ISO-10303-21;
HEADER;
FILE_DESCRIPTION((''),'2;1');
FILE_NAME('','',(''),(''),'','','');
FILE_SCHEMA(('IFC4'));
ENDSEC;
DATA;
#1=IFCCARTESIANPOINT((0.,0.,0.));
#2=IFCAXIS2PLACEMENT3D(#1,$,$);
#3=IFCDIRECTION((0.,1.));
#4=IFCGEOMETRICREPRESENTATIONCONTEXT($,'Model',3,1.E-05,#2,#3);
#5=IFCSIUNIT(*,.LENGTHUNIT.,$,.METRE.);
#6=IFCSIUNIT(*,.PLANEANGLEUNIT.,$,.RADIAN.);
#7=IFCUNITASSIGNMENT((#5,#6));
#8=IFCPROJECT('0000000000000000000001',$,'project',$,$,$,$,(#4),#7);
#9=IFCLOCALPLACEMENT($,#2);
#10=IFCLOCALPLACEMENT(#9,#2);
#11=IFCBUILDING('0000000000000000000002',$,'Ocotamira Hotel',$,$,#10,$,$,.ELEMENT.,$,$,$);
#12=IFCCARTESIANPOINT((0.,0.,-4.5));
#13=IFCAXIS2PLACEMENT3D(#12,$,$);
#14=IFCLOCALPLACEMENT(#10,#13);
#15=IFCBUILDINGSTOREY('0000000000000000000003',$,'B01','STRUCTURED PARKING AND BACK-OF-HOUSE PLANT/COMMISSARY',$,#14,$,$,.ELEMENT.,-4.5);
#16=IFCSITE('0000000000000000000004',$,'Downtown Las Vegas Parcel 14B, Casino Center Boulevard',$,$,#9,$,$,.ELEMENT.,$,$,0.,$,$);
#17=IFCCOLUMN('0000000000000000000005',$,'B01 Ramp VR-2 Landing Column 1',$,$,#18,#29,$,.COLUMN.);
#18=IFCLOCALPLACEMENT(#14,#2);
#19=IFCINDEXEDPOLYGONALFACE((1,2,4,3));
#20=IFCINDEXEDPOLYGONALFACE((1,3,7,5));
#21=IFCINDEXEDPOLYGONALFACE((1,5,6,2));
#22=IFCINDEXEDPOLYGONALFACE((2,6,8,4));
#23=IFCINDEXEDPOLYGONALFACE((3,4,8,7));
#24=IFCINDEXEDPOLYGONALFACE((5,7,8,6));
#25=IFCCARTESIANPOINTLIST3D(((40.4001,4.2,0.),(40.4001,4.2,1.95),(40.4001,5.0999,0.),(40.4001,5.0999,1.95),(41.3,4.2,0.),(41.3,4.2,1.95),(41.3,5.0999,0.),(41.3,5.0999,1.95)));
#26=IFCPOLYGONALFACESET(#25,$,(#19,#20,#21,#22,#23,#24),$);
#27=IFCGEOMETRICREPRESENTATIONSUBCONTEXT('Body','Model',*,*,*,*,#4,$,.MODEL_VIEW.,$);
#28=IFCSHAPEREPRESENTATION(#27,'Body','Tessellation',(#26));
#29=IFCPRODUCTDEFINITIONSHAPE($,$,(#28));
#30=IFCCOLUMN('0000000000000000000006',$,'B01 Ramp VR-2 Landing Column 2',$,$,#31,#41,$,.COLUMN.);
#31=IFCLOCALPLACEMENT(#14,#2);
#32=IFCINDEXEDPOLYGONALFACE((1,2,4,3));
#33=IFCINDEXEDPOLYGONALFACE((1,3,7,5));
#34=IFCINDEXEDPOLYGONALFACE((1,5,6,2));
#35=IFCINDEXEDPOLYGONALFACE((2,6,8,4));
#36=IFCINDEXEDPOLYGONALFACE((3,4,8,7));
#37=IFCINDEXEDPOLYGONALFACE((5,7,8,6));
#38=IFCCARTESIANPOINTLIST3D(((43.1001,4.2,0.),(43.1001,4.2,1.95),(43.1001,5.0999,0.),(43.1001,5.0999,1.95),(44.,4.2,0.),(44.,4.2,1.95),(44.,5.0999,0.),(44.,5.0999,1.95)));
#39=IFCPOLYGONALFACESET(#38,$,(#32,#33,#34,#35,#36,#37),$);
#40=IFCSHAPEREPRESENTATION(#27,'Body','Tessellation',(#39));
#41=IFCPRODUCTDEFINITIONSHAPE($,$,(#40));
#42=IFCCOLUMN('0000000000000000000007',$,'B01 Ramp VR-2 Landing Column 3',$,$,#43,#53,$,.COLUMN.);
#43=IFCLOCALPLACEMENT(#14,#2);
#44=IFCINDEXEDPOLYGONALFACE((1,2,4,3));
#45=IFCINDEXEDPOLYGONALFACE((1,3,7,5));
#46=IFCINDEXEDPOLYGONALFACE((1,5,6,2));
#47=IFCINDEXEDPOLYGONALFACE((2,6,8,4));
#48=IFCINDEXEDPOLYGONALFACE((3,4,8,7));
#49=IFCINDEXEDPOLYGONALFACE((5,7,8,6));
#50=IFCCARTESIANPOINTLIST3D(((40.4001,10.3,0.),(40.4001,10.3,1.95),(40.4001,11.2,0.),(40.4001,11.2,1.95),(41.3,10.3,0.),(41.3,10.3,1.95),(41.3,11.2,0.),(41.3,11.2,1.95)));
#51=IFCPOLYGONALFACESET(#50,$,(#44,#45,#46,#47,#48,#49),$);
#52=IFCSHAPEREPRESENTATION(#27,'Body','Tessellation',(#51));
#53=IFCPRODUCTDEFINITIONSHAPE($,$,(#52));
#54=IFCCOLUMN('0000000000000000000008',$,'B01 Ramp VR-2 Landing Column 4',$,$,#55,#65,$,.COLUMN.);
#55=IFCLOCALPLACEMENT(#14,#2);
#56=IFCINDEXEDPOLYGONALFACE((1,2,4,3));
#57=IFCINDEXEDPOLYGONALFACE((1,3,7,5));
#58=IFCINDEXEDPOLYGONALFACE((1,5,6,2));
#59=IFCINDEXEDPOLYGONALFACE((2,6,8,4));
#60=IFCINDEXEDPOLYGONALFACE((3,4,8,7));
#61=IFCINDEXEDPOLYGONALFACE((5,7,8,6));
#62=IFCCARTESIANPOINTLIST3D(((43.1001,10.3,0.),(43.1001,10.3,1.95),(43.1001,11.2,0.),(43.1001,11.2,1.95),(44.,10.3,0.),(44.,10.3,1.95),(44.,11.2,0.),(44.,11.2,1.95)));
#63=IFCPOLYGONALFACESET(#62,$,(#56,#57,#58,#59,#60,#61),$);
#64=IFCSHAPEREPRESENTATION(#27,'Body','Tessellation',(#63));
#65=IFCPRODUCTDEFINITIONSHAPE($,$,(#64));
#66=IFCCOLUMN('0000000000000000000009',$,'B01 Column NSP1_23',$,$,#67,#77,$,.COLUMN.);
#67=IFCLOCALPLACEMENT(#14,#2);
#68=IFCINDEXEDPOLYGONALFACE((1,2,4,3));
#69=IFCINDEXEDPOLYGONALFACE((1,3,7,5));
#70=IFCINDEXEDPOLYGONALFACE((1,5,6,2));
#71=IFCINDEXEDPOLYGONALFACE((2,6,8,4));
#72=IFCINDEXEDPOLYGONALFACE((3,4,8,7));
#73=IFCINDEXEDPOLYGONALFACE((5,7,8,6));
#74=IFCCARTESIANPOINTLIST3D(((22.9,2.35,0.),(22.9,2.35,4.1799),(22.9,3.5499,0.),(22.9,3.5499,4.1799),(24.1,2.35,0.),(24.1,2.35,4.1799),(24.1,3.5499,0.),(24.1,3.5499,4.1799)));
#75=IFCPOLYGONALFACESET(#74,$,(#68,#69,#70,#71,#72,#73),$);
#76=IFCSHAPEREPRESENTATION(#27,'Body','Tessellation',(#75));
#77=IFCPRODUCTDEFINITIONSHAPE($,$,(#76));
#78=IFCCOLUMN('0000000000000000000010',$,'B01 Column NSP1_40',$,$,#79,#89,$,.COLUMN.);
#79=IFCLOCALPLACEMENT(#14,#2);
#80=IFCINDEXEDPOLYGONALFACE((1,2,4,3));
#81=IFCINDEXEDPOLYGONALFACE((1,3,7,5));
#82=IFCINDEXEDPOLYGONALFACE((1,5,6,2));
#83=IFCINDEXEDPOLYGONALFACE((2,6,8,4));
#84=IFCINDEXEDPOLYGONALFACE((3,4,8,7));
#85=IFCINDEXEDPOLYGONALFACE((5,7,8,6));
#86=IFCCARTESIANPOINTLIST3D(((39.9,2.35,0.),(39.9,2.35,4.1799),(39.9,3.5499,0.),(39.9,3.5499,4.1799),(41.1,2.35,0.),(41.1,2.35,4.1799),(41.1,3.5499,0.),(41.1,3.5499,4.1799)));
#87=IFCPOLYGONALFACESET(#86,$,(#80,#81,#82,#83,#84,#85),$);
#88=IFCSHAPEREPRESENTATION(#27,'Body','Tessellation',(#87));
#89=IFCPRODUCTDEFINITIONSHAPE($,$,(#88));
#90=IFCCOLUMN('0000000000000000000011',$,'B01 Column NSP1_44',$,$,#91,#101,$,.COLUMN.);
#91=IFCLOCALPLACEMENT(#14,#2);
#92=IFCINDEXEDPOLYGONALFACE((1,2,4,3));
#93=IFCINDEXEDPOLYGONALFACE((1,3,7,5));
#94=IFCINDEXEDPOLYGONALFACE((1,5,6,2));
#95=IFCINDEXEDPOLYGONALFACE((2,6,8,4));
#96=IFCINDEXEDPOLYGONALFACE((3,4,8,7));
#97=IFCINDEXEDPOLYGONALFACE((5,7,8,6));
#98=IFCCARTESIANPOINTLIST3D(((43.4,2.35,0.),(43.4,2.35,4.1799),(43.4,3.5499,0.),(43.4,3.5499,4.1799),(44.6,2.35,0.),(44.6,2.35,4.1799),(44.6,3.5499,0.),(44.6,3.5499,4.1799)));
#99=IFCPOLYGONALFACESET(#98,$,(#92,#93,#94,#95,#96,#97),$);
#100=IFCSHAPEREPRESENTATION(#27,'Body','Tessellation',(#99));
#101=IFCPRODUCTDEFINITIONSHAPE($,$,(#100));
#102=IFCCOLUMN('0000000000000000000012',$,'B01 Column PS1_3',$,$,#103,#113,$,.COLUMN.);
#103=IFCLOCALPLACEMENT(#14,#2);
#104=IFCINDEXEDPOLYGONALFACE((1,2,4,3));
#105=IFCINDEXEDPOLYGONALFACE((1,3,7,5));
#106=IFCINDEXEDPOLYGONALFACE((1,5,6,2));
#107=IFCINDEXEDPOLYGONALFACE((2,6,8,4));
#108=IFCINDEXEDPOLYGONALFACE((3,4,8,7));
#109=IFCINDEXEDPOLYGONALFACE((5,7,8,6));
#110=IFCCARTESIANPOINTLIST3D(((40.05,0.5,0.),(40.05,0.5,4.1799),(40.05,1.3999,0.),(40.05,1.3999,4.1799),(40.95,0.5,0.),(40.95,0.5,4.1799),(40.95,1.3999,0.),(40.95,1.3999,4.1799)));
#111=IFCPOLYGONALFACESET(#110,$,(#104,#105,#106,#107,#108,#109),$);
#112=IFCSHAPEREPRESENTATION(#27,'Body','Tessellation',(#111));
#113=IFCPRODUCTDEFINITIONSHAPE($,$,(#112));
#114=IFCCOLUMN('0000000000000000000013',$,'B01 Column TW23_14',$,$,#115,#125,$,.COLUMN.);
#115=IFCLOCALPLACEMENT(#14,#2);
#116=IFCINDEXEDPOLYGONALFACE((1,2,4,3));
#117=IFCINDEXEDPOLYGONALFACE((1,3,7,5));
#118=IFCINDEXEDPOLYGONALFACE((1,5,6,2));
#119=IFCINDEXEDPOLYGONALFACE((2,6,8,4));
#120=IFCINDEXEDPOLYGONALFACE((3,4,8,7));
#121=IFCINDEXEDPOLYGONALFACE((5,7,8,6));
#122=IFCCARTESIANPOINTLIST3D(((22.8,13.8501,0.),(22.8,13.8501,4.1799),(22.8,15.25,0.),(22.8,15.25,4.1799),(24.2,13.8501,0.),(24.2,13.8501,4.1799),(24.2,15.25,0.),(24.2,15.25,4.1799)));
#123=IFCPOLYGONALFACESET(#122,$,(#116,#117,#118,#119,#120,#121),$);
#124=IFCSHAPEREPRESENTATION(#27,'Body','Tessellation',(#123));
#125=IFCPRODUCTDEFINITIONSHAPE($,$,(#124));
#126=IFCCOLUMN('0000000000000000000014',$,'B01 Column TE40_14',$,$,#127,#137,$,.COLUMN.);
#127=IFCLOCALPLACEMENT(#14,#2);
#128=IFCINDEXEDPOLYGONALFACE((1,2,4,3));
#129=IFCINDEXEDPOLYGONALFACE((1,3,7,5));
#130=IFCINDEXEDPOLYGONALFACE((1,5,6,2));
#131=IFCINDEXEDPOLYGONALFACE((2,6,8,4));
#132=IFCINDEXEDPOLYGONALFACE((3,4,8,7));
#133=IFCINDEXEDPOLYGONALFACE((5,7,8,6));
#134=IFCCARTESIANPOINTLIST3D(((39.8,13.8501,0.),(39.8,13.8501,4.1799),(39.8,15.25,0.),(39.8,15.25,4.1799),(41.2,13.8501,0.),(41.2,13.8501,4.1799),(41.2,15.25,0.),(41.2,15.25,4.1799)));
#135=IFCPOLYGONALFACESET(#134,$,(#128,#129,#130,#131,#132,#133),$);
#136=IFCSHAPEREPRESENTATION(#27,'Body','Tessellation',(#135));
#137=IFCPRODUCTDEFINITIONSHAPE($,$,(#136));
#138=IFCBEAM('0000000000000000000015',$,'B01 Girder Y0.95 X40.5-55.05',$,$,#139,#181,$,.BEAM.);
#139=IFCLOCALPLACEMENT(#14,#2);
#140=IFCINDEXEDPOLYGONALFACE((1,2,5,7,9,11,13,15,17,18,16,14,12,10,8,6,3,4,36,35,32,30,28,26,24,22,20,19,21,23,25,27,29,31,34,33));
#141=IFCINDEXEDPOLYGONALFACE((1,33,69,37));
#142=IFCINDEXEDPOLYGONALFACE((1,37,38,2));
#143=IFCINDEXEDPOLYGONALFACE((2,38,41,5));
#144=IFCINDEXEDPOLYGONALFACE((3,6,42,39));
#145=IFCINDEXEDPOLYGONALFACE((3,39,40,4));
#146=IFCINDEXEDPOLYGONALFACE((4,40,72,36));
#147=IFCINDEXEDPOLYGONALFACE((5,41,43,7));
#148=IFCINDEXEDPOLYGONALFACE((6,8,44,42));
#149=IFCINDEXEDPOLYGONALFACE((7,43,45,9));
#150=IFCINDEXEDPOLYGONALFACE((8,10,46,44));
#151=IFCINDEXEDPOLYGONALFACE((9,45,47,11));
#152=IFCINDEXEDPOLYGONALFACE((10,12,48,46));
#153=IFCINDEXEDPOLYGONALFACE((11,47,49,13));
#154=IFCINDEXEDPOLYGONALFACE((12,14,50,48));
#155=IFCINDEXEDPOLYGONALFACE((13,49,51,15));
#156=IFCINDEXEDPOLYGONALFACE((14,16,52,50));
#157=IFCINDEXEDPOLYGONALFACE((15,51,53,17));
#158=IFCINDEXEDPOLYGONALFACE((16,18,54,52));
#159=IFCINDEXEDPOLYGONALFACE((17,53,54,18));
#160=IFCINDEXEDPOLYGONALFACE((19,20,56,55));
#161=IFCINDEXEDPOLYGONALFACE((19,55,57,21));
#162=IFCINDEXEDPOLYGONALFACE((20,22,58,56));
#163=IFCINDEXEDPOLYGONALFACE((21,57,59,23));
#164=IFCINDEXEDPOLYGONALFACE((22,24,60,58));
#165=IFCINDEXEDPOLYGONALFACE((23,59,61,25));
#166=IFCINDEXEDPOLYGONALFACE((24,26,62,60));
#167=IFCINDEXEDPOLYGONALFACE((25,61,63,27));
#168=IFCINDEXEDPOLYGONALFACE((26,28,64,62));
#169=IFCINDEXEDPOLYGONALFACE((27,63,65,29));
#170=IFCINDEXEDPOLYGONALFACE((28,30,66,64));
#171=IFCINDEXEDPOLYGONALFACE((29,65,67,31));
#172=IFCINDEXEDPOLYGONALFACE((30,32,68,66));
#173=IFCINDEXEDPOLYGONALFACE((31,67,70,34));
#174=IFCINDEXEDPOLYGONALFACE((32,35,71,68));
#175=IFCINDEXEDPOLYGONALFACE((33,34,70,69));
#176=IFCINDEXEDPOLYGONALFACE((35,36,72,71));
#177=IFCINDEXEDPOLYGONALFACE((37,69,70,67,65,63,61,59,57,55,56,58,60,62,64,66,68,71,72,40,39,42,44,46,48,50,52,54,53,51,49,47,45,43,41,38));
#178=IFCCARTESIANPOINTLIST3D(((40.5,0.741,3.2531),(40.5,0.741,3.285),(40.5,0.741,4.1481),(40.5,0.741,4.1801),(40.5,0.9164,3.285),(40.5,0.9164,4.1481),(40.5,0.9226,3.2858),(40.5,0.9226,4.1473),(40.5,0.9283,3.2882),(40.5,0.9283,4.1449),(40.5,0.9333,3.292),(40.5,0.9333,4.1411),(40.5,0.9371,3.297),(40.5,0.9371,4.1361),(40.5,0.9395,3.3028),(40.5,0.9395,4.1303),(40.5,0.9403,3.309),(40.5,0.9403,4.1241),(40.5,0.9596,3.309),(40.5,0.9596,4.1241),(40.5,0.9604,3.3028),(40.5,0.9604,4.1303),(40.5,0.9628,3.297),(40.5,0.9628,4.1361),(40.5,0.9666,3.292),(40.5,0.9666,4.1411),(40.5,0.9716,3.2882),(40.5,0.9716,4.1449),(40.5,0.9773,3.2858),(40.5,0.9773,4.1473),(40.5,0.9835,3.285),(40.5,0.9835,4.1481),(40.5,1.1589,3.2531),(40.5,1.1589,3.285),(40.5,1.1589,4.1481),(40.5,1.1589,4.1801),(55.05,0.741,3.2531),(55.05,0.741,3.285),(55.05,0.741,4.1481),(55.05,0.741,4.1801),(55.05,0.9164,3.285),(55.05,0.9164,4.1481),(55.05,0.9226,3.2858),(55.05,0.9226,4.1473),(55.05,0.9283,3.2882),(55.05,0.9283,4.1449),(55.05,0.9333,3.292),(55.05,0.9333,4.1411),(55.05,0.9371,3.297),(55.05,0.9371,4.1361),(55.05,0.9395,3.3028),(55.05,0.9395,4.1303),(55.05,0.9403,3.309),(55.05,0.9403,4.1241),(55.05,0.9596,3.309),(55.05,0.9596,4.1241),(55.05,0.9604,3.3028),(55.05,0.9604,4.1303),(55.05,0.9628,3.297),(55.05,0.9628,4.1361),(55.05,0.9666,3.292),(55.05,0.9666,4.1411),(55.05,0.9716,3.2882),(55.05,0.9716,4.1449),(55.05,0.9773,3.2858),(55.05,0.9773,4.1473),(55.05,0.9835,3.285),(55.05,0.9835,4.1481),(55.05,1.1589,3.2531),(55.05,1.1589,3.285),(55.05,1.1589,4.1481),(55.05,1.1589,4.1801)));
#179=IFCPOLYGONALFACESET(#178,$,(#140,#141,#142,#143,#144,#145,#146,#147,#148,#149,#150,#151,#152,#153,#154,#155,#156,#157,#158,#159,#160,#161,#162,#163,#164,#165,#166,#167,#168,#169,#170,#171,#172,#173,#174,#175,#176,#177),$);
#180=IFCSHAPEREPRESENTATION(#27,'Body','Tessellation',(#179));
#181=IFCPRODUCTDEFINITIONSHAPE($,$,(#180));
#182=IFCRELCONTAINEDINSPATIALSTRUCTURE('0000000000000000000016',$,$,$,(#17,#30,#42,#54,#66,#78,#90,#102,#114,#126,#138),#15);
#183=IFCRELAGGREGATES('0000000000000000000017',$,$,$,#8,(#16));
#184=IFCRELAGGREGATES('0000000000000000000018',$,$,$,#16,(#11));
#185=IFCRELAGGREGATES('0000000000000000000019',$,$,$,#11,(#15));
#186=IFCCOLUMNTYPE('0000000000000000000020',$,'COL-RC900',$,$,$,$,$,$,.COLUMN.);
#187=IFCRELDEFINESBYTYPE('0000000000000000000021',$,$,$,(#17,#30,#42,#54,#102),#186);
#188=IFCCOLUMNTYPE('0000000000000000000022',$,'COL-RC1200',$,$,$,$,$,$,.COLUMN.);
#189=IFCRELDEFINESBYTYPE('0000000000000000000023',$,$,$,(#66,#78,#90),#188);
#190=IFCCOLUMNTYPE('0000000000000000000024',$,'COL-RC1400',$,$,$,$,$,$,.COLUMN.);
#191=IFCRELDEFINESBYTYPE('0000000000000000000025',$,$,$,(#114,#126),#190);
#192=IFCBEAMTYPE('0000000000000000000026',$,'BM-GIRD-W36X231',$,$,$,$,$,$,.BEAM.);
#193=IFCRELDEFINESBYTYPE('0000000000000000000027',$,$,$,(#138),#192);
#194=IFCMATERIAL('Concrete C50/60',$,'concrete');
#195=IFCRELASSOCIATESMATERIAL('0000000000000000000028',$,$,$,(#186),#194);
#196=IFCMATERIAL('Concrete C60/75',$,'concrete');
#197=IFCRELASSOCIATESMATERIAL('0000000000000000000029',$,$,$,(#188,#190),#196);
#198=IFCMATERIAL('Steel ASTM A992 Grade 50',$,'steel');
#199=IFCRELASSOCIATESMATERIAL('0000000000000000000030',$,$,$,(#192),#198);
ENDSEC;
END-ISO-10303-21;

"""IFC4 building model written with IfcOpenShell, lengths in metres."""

from ifc_helpers import new_model, si_unit, direction, frame, origin, origin_2d, place, context, subcontext, project, spatial, rectangle, i_section, extrude, source, transform, mapped, material, material_profile, profile_set, type_object, element, save


model = new_model("IFC4")

# Units and contexts
model_context = context("Model", 3, precision=1e-05, world=origin(), true_north=direction((0.0, 1.0)))
body_context = subcontext(model_context, "Body", "Model", "MODEL_VIEW")
ifc_project = project(units=[si_unit("LENGTHUNIT", "METRE"), si_unit("PLANEANGLEUNIT", "RADIAN")], contexts=[model_context])

# Site, building, storey
site_placement = place(None, origin())
site = spatial("IfcSite", under=ifc_project, at=site_placement, Name="Downtown Las Vegas Parcel 14B, Casino Center Boulevard", CompositionType="ELEMENT", RefElevation=0.0)
building_placement = place(site_placement, origin())
building = spatial("IfcBuilding", under=site, at=building_placement, Name="Ocotamira Hotel", CompositionType="ELEMENT")
storey_placement = place(building_placement, frame((0.0, 0.0, -4.5)))
storey = spatial("IfcBuildingStorey", under=building, at=storey_placement, Name="B01", Description="STRUCTURED PARKING AND BACK-OF-HOUSE PLANT/COMMISSARY", CompositionType="ELEMENT", Elevation=-4.5)

# Columns
ifc_material_1 = material(Name="Concrete C50/60", Category="concrete")
ifc_material_profile_1 = material_profile(ifc_material_1, rectangle(XDim=0.8999, YDim=0.8999, at=origin_2d()), Name="RC900X900")
ifc_profile_set_1 = profile_set([ifc_material_profile_1], Name="Concrete C50/60")
column_type_1 = type_object("IfcColumnType", Name="COL-RC900", PredefinedType="COLUMN", material=ifc_profile_set_1)
shared_shape_1 = source(origin(), body_context, "Body", "SweptSolid", [
    extrude(rectangle(XDim=0.8999, YDim=0.8999, at=origin_2d()), origin(), (0.0, 0.0, 1.0), 1.95),
])
for number, where, z_axis, x_axis, name in (
    (1, (40.8501, 4.6499, 0.0), (0.0, 0.0, 1.0), (1.0, 0.0, 0.0), "B01 Ramp VR-2 Landing Column 1"),
    (2, (43.55, 4.6499, 0.0), (0.0, 0.0, 1.0), (1.0, 0.0, 0.0), "B01 Ramp VR-2 Landing Column 2"),
    (3, (40.8501, 10.75, 0.0), (0.0, 0.0, 1.0), (1.0, 0.0, 0.0), "B01 Ramp VR-2 Landing Column 3"),
    (4, (43.55, 10.75, 0.0), (0.0, 0.0, 1.0), (1.0, 0.0, 0.0), "B01 Ramp VR-2 Landing Column 4"),
):
    element("IfcColumn", number, at=place(storey_placement, frame(where, z_axis=z_axis, x_axis=x_axis)), inside=storey, type_object=column_type_1, Name=name, PredefinedType="COLUMN", context=body_context, shape_type="MappedRepresentation", body=[
        mapped(shared_shape_1, transform((0.0, 0.0, 0.0), scale=1.0)),
    ])
ifc_material_2 = material(Name="Concrete C60/75", Category="concrete")
ifc_material_profile_2 = material_profile(ifc_material_2, rectangle(XDim=1.2, YDim=1.2, at=origin_2d()), Name="RC1200X1200")
ifc_profile_set_2 = profile_set([ifc_material_profile_2], Name="Concrete C60/75")
column_type_2 = type_object("IfcColumnType", Name="COL-RC1200", PredefinedType="COLUMN", material=ifc_profile_set_2)
shared_shape_2 = source(origin(), body_context, "Body", "SweptSolid", [
    extrude(rectangle(XDim=1.2, YDim=1.2, at=origin_2d()), origin(), (0.0, 0.0, 1.0), 4.1799),
])
for number, where, z_axis, x_axis, name in (
    (5, (23.5, 2.95, 0.0), (0.0, 0.0, 1.0), (1.0, 0.0, 0.0), "B01 Column NSP1_23"),
    (6, (40.5, 2.95, 0.0), (0.0, 0.0, 1.0), (1.0, 0.0, 0.0), "B01 Column NSP1_40"),
    (7, (44.0, 2.95, 0.0), (0.0, 0.0, 1.0), (1.0, 0.0, 0.0), "B01 Column NSP1_44"),
):
    element("IfcColumn", number, at=place(storey_placement, frame(where, z_axis=z_axis, x_axis=x_axis)), inside=storey, type_object=column_type_2, Name=name, PredefinedType="COLUMN", context=body_context, shape_type="MappedRepresentation", body=[
        mapped(shared_shape_2, transform((0.0, 0.0, 0.0), scale=1.0)),
    ])
shared_shape_3 = source(origin(), body_context, "Body", "SweptSolid", [
    extrude(rectangle(XDim=0.8999, YDim=0.8999, at=origin_2d()), origin(), (0.0, 0.0, 1.0), 4.1799),
])
column_placement = place(storey_placement, frame((40.5, 0.95, 0.0), z_axis=(0.0, 0.0, 1.0), x_axis=(1.0, 0.0, 0.0)))
element("IfcColumn", 8, at=column_placement, inside=storey, type_object=column_type_1, Name="B01 Column PS1_3", PredefinedType="COLUMN", context=body_context, shape_type="MappedRepresentation", body=[
    mapped(shared_shape_3, transform((0.0, 0.0, 0.0), scale=1.0)),
])
ifc_material_profile_3 = material_profile(ifc_material_2, rectangle(XDim=1.3999, YDim=1.3999, at=origin_2d()), Name="RC1400X1400")
ifc_profile_set_3 = profile_set([ifc_material_profile_3], Name="Concrete C60/75")
column_type_3 = type_object("IfcColumnType", Name="COL-RC1400", PredefinedType="COLUMN", material=ifc_profile_set_3)
shared_shape_4 = source(origin(), body_context, "Body", "SweptSolid", [
    extrude(rectangle(XDim=1.3999, YDim=1.3999, at=origin_2d()), origin(), (0.0, 0.0, 1.0), 4.1799),
])
for number, where, z_axis, x_axis, name in (
    (9, (23.5, 14.55, 0.0), (0.0, 0.0, 1.0), (1.0, 0.0, 0.0), "B01 Column TW23_14"),
    (10, (40.5, 14.55, 0.0), (0.0, 0.0, 1.0), (1.0, 0.0, 0.0), "B01 Column TE40_14"),
):
    element("IfcColumn", number, at=place(storey_placement, frame(where, z_axis=z_axis, x_axis=x_axis)), inside=storey, type_object=column_type_3, Name=name, PredefinedType="COLUMN", context=body_context, shape_type="MappedRepresentation", body=[
        mapped(shared_shape_4, transform((0.0, 0.0, 0.0), scale=1.0)),
    ])

# Beam
ifc_material_3 = material(Name="Steel ASTM A992 Grade 50", Category="steel")
ifc_material_profile_4 = material_profile(ifc_material_3, i_section(OverallWidth=0.418, OverallDepth=0.927, WebThickness=0.0193, FlangeThickness=0.032, FilletRadius=0.0239, at=origin_2d()), Name="W36X231")
ifc_profile_set_4 = profile_set([ifc_material_profile_4], Name="Steel ASTM A992 Grade 50")
beam_type_1 = type_object("IfcBeamType", Name="BM-GIRD-W36X231", PredefinedType="BEAM", material=ifc_profile_set_4)
shared_shape_5 = source(origin(), body_context, "Body", "SweptSolid", [
    extrude(i_section(OverallWidth=0.418, OverallDepth=0.927, WebThickness=0.0193, FlangeThickness=0.032, FilletRadius=0.0239, at=origin_2d()), origin(), (0.0, 0.0, 1.0), 14.55),
])
for number, where, z_axis, x_axis, name in (
    (11, (40.5, 0.95, 3.7166), (1.0, 0.0, 0.0), (0.0, 1.0, 0.0), "B01 Girder Y0.95 X40.5-55.05"),
):
    element("IfcBeam", number, at=place(storey_placement, frame(where, z_axis=z_axis, x_axis=x_axis)), inside=storey, type_object=beam_type_1, Name=name, PredefinedType="BEAM", context=body_context, shape_type="MappedRepresentation", body=[
        mapped(shared_shape_5, transform((0.0, 0.0, 0.0), scale=1.0)),
    ])

save(model, "model.ifc")
